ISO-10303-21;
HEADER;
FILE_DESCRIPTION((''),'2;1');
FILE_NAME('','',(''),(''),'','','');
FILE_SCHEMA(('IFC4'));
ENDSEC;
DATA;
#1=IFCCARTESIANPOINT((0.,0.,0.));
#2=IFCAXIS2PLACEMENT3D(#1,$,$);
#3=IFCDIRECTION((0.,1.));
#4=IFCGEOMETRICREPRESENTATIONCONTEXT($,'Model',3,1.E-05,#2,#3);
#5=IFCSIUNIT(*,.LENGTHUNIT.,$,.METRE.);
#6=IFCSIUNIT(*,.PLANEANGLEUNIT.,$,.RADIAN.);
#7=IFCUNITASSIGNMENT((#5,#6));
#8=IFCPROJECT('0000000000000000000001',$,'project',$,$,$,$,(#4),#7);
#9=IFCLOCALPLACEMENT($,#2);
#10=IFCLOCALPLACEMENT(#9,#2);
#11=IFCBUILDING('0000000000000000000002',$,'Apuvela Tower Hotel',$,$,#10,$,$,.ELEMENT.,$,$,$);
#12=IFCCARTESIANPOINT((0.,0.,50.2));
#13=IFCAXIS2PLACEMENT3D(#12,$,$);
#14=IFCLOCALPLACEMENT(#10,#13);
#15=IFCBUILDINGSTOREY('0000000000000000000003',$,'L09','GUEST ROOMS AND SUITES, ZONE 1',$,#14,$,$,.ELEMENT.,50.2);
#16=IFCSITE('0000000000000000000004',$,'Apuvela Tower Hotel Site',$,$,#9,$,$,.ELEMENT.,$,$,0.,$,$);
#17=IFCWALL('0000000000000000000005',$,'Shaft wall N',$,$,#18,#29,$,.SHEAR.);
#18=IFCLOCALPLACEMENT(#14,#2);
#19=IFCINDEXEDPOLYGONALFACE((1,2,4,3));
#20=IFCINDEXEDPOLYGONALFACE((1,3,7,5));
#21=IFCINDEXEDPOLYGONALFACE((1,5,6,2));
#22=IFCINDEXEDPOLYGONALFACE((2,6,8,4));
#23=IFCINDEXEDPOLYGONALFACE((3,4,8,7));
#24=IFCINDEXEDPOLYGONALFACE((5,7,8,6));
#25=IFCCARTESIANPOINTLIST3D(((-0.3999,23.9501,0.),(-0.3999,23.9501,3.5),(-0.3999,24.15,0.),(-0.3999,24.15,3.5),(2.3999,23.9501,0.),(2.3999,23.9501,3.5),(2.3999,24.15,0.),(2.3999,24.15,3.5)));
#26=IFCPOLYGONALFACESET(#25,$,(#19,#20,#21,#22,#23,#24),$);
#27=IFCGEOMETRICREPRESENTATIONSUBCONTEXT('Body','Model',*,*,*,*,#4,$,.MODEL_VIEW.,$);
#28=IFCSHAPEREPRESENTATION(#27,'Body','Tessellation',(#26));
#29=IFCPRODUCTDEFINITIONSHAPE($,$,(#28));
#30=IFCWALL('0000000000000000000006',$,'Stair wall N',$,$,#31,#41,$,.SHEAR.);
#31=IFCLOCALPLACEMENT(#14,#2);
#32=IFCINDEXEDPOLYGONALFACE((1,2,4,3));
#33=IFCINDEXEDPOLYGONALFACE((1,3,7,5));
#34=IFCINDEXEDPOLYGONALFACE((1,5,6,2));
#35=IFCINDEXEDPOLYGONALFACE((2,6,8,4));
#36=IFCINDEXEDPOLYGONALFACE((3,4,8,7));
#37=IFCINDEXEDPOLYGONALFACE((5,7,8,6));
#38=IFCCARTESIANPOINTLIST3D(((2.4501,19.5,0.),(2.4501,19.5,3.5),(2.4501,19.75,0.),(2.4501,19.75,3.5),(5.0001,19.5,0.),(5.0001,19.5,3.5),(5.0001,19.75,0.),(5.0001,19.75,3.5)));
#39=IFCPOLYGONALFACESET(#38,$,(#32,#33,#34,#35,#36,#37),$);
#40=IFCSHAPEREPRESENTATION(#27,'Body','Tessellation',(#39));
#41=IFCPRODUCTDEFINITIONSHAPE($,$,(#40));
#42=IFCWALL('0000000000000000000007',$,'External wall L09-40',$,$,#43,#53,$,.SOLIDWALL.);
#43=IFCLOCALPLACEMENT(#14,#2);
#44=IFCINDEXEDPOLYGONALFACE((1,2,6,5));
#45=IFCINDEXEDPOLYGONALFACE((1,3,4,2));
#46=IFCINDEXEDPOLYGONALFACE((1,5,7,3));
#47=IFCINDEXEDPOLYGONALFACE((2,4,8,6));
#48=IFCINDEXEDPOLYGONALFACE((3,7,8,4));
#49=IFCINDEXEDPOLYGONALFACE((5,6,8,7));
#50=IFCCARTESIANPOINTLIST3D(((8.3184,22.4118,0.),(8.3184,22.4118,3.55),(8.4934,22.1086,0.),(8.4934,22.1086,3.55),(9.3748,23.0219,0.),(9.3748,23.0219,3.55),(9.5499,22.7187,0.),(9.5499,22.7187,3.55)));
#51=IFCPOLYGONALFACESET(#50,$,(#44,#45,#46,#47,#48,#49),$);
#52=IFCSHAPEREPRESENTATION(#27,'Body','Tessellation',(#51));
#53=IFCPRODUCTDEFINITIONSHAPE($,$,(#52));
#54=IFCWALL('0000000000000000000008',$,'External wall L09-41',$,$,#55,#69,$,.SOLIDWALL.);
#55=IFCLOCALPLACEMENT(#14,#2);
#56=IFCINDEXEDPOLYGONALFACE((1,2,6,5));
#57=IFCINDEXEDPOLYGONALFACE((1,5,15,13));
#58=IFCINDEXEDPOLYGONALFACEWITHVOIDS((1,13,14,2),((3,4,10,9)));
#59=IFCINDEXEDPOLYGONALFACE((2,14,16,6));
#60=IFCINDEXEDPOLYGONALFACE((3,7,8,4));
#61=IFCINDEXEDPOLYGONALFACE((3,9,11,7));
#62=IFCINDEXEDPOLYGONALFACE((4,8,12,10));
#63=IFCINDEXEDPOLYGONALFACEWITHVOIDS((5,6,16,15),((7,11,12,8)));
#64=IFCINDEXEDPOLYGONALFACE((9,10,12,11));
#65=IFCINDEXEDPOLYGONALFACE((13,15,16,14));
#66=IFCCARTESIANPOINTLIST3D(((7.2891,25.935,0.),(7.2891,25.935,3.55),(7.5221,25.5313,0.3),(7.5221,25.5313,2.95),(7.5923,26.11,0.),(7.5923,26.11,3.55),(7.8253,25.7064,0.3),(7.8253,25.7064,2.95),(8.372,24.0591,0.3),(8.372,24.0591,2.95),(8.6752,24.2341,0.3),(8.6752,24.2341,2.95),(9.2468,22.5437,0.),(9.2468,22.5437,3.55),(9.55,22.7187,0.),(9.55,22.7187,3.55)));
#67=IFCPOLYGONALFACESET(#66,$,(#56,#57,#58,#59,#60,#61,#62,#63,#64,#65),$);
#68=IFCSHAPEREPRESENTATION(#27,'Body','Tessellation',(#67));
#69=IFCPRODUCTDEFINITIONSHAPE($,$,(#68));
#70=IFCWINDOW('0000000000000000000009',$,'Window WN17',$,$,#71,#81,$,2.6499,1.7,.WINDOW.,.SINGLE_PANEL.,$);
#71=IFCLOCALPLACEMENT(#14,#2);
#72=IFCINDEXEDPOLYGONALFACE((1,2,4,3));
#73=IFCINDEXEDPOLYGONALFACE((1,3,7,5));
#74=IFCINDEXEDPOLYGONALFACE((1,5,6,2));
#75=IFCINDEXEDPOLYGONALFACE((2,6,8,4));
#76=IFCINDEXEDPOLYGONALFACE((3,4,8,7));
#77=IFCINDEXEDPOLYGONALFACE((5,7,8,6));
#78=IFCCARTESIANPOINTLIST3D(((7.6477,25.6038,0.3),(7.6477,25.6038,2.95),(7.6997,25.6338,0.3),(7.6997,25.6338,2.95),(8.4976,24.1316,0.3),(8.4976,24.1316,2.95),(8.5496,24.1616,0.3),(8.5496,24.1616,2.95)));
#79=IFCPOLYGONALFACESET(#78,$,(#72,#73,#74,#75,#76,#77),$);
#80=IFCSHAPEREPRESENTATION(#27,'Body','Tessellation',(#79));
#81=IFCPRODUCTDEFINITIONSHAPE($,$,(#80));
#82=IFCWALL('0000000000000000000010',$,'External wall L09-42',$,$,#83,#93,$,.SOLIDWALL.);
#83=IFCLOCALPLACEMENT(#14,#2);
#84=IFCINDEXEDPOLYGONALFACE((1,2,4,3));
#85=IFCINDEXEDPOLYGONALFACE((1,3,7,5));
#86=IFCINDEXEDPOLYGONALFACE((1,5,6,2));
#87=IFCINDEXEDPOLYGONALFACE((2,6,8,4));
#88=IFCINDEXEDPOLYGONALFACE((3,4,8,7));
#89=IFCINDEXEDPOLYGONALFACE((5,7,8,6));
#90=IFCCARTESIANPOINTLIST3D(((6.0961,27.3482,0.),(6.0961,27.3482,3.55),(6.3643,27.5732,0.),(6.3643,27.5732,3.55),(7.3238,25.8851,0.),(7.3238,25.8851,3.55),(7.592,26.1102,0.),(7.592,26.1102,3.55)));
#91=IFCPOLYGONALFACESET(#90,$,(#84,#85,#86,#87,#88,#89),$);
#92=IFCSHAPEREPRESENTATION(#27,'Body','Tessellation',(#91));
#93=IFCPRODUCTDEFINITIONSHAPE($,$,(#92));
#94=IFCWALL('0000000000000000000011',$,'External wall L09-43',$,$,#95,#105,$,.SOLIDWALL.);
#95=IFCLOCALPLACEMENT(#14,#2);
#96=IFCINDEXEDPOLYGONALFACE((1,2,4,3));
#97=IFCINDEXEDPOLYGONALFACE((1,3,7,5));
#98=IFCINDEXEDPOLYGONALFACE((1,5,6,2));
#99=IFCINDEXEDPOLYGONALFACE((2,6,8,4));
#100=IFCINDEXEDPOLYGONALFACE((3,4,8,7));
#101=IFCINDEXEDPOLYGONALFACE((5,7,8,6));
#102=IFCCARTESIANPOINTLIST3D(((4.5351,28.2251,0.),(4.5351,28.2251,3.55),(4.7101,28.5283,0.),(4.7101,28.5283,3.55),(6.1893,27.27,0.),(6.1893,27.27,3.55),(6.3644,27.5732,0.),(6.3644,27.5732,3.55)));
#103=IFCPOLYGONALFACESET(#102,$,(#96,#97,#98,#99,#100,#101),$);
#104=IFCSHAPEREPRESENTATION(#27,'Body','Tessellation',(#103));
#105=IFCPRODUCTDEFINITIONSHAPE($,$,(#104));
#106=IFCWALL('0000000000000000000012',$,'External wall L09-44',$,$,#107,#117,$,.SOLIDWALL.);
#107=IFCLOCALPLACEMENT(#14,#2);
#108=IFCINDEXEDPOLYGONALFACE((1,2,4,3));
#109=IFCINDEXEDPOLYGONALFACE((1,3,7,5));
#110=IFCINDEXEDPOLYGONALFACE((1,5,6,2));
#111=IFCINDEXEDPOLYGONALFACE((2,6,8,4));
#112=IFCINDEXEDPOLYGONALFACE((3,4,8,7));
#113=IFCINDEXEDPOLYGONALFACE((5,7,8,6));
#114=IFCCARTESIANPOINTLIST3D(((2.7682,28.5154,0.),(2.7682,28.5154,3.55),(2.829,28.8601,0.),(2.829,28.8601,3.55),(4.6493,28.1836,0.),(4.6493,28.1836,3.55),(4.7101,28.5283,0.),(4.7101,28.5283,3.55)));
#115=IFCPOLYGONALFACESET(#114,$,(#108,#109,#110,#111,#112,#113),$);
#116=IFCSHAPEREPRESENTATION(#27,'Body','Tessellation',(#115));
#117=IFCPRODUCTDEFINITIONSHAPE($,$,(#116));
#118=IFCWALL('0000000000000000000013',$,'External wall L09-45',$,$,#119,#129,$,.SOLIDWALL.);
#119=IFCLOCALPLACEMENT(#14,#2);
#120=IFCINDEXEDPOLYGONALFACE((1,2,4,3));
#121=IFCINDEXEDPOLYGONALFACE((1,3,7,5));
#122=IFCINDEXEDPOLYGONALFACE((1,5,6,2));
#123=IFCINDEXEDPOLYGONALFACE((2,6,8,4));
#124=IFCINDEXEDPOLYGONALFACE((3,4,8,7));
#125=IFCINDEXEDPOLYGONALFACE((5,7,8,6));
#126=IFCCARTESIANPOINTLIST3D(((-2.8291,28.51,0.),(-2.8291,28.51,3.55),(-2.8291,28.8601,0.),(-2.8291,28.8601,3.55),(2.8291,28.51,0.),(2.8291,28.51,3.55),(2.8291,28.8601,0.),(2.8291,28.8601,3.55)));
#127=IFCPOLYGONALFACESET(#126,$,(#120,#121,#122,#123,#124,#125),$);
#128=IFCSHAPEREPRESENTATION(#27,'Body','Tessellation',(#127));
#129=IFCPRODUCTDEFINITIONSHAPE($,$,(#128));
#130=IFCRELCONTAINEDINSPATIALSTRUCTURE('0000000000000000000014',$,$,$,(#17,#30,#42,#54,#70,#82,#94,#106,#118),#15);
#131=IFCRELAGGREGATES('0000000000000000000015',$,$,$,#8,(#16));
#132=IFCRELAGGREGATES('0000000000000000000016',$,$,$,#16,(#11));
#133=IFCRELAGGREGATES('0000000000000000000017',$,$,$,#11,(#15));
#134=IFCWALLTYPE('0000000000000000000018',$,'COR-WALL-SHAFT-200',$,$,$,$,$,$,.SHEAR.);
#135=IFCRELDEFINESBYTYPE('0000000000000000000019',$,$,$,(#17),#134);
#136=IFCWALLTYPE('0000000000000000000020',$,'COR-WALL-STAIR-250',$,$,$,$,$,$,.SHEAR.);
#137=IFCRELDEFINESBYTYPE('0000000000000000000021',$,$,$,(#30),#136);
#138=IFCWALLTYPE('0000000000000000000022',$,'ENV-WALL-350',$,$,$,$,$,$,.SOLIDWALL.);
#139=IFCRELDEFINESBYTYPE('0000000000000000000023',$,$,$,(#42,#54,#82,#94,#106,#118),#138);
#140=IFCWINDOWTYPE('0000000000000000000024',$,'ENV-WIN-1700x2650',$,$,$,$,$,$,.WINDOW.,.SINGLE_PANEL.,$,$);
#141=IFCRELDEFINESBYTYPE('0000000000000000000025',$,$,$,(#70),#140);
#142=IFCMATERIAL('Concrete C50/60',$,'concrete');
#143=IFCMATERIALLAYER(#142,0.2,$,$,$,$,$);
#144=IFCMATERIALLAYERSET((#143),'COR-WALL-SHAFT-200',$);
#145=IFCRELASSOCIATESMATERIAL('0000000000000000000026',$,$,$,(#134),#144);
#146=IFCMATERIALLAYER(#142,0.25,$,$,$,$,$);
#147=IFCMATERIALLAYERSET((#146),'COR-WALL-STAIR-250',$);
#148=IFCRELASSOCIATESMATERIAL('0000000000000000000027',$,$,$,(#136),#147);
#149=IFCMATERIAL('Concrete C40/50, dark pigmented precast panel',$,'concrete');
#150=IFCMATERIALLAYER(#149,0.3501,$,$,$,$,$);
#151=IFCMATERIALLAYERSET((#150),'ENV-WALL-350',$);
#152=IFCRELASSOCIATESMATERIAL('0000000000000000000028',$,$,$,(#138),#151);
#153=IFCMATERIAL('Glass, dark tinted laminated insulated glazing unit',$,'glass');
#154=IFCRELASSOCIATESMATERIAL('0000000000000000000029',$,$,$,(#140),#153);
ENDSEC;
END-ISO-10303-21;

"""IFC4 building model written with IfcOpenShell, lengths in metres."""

from ifc_helpers import new_model, si_unit, direction, frame, frame_2d, origin, place, context, subcontext, project, spatial, rectangle, extrude, material, layer, layer_set, type_object, element, fill, save


model = new_model("IFC4")

# Units and contexts
model_context = context("Model", 3, precision=1e-05, world=origin(), true_north=direction((0.0, 1.0)))
body_context = subcontext(model_context, "Body", "Model", "MODEL_VIEW")
ifc_project = project(units=[si_unit("LENGTHUNIT", "METRE"), si_unit("PLANEANGLEUNIT", "RADIAN")], contexts=[model_context])

# Site, building, storey
site_placement = place(None, origin())
site = spatial("IfcSite", under=ifc_project, at=site_placement, Name="Apuvela Tower Hotel Site", CompositionType="ELEMENT", RefElevation=0.0)
building_placement = place(site_placement, origin())
building = spatial("IfcBuilding", under=site, at=building_placement, Name="Apuvela Tower Hotel", CompositionType="ELEMENT")
storey_placement = place(building_placement, frame((0.0, 0.0, 50.2)))
storey = spatial("IfcBuildingStorey", under=building, at=storey_placement, Name="L09", Description="GUEST ROOMS AND SUITES, ZONE 1", CompositionType="ELEMENT", Elevation=50.2)

# Walls
ifc_material_1 = material(Name="Concrete C50/60", Category="concrete")
ifc_layer_1 = layer(ifc_material_1, 0.2)
ifc_layer_set_1 = layer_set([ifc_layer_1], Name="COR-WALL-SHAFT-200")
wall_type_1 = type_object("IfcWallType", Name="COR-WALL-SHAFT-200", PredefinedType="SHEAR", material=ifc_layer_set_1)
wall_1_placement = place(storey_placement, frame((2.3999, 24.05, 0.0), z_axis=(0.0, 0.0, 1.0), x_axis=(-1.0, 0.0, 0.0)))
element("IfcWall", 1, at=wall_1_placement, inside=storey, type_object=wall_type_1, Name="Shaft wall N", PredefinedType="SHEAR", context=body_context, shape_type="SweptSolid", body=[
    extrude(rectangle(XDim=2.7998, YDim=0.2, at=frame_2d((1.3999, 0.0))), origin(), (0.0, 0.0, 1.0), 3.5),
])
ifc_layer_2 = layer(ifc_material_1, 0.25)
ifc_layer_set_2 = layer_set([ifc_layer_2], Name="COR-WALL-STAIR-250")
wall_type_2 = type_object("IfcWallType", Name="COR-WALL-STAIR-250", PredefinedType="SHEAR", material=ifc_layer_set_2)
wall_2_placement = place(storey_placement, frame((5.0, 19.625, 0.0), z_axis=(0.0, 0.0, 1.0), x_axis=(-1.0, 0.0, 0.0)))
element("IfcWall", 2, at=wall_2_placement, inside=storey, type_object=wall_type_2, Name="Stair wall N", PredefinedType="SHEAR", context=body_context, shape_type="SweptSolid", body=[
    extrude(rectangle(XDim=2.55, YDim=0.25, at=frame_2d((1.2749, 0.0))), origin(), (0.0, 0.0, 1.0), 3.5),
])
ifc_material_2 = material(Name="Concrete C40/50, dark pigmented precast panel", Category="concrete")
ifc_layer_3 = layer(ifc_material_2, 0.3501)
ifc_layer_set_3 = layer_set([ifc_layer_3], Name="ENV-WALL-350")
wall_type_3 = type_object("IfcWallType", Name="ENV-WALL-350", PredefinedType="SOLIDWALL", material=ifc_layer_set_3)
wall_3_placement = place(storey_placement, frame((8.406, 22.2603, 0.0), z_axis=(0.0, 0.0, 1.0), x_axis=(0.865956, 0.500121, 0.0)))
element("IfcWall", 3, at=wall_3_placement, inside=storey, type_object=wall_type_3, Name="External wall L09-40", PredefinedType="SOLIDWALL", context=body_context, shape_type="SweptSolid", body=[
    extrude(rectangle(XDim=1.22, YDim=0.3501, at=frame_2d((0.6099, 0.0))), origin(), (0.0, 0.0, 1.0), 3.55),
])

# Wall, opening, window
wall_4_placement = place(storey_placement, frame((9.3984, 22.6311, 0.0), z_axis=(0.0, 0.0, 1.0), x_axis=(-0.499955, 0.866052, 0.0)))
wall_4 = element("IfcWall", 4, at=wall_4_placement, inside=storey, type_object=wall_type_3, Name="External wall L09-41", PredefinedType="SOLIDWALL", context=body_context, shape_type="SweptSolid", body=[
    extrude(rectangle(XDim=3.9158, YDim=0.3501, at=frame_2d((1.958, 0.0))), origin(), (0.0, 0.0, 1.0), 3.55),
])
opening_placement = place(wall_4_placement, frame((1.7498, 0.0, 0.3)))
opening = element("IfcOpeningElement", 5, at=opening_placement, cuts=wall_4, PredefinedType="OPENING", context=body_context, shape_type="SweptSolid", body=[
    extrude(rectangle(XDim=1.7, YDim=2.6499, at=frame_2d((0.8501, 1.325))), frame((0.0, 0.1851, 0.0), z_axis=(0.0, -1.0, 0.0), x_axis=(1.0, 0.0, 0.0)), (0.0, 0.0, 1.0), 0.3701),
])
ifc_material_3 = material(Name="Glass, dark tinted laminated insulated glazing unit", Category="glass")
window_type = type_object("IfcWindowType", Name="ENV-WIN-1700x2650", PartitioningType="SINGLE_PANEL", PredefinedType="WINDOW", material=ifc_material_3)
window_placement = place(opening_placement, origin())
window = element("IfcWindow", 6, at=window_placement, inside=storey, type_object=window_type, Name="Window WN17", OverallHeight=2.6499, OverallWidth=1.7, PartitioningType="SINGLE_PANEL", PredefinedType="WINDOW", context=body_context, shape_type="SweptSolid", body=[
    extrude(rectangle(XDim=1.7, YDim=2.6499, at=frame_2d((0.8501, 1.325))), frame((0.0, 0.03, 0.0), z_axis=(0.0, -1.0, 0.0), x_axis=(1.0, 0.0, 0.0)), (0.0, 0.0, 1.0), 0.0601),
])
fill(opening, window)

# Walls
wall_5_placement = place(storey_placement, frame((7.458, 25.9976, 0.0), z_axis=(0.0, 0.0, 1.0), x_axis=(-0.642808, 0.766027, 0.0)))
element("IfcWall", 7, at=wall_5_placement, inside=storey, type_object=wall_type_3, Name="External wall L09-42", PredefinedType="SOLIDWALL", context=body_context, shape_type="SweptSolid", body=[
    extrude(rectangle(XDim=1.9099, YDim=0.3501, at=frame_2d((0.9551, 0.0))), origin(), (0.0, 0.0, 1.0), 3.55),
])
for number, where, z_axis, x_axis, name in (
    (8, (6.2769, 27.4216, 0.0), (0.0, 0.0, 1.0), (-0.866032, 0.499988, 0.0), "External wall L09-43"),
    (9, (4.6797, 28.356, 0.0), (0.0, 0.0, 1.0), (-0.984799, 0.173698, 0.0), "External wall L09-44"),
):
    element("IfcWall", number, at=place(storey_placement, frame(where, z_axis=z_axis, x_axis=x_axis)), inside=storey, type_object=wall_type_3, Name=name, PredefinedType="SOLIDWALL", context=body_context, shape_type="SweptSolid", body=[
        extrude(rectangle(XDim=1.9102, YDim=0.3501, at=frame_2d((0.9551, 0.0))), origin(), (0.0, 0.0, 1.0), 3.55),
    ])
wall_6_placement = place(storey_placement, frame((2.8291, 28.6851, 0.0), z_axis=(0.0, 0.0, 1.0), x_axis=(-1.0, 0.0, 0.0)))
element("IfcWall", 10, at=wall_6_placement, inside=storey, type_object=wall_type_3, Name="External wall L09-45", PredefinedType="SOLIDWALL", context=body_context, shape_type="SweptSolid", body=[
    extrude(rectangle(XDim=5.6582, YDim=0.3501, at=frame_2d((2.8291, 0.0))), origin(), (0.0, 0.0, 1.0), 3.55),
])

save(model, "model.ifc")
